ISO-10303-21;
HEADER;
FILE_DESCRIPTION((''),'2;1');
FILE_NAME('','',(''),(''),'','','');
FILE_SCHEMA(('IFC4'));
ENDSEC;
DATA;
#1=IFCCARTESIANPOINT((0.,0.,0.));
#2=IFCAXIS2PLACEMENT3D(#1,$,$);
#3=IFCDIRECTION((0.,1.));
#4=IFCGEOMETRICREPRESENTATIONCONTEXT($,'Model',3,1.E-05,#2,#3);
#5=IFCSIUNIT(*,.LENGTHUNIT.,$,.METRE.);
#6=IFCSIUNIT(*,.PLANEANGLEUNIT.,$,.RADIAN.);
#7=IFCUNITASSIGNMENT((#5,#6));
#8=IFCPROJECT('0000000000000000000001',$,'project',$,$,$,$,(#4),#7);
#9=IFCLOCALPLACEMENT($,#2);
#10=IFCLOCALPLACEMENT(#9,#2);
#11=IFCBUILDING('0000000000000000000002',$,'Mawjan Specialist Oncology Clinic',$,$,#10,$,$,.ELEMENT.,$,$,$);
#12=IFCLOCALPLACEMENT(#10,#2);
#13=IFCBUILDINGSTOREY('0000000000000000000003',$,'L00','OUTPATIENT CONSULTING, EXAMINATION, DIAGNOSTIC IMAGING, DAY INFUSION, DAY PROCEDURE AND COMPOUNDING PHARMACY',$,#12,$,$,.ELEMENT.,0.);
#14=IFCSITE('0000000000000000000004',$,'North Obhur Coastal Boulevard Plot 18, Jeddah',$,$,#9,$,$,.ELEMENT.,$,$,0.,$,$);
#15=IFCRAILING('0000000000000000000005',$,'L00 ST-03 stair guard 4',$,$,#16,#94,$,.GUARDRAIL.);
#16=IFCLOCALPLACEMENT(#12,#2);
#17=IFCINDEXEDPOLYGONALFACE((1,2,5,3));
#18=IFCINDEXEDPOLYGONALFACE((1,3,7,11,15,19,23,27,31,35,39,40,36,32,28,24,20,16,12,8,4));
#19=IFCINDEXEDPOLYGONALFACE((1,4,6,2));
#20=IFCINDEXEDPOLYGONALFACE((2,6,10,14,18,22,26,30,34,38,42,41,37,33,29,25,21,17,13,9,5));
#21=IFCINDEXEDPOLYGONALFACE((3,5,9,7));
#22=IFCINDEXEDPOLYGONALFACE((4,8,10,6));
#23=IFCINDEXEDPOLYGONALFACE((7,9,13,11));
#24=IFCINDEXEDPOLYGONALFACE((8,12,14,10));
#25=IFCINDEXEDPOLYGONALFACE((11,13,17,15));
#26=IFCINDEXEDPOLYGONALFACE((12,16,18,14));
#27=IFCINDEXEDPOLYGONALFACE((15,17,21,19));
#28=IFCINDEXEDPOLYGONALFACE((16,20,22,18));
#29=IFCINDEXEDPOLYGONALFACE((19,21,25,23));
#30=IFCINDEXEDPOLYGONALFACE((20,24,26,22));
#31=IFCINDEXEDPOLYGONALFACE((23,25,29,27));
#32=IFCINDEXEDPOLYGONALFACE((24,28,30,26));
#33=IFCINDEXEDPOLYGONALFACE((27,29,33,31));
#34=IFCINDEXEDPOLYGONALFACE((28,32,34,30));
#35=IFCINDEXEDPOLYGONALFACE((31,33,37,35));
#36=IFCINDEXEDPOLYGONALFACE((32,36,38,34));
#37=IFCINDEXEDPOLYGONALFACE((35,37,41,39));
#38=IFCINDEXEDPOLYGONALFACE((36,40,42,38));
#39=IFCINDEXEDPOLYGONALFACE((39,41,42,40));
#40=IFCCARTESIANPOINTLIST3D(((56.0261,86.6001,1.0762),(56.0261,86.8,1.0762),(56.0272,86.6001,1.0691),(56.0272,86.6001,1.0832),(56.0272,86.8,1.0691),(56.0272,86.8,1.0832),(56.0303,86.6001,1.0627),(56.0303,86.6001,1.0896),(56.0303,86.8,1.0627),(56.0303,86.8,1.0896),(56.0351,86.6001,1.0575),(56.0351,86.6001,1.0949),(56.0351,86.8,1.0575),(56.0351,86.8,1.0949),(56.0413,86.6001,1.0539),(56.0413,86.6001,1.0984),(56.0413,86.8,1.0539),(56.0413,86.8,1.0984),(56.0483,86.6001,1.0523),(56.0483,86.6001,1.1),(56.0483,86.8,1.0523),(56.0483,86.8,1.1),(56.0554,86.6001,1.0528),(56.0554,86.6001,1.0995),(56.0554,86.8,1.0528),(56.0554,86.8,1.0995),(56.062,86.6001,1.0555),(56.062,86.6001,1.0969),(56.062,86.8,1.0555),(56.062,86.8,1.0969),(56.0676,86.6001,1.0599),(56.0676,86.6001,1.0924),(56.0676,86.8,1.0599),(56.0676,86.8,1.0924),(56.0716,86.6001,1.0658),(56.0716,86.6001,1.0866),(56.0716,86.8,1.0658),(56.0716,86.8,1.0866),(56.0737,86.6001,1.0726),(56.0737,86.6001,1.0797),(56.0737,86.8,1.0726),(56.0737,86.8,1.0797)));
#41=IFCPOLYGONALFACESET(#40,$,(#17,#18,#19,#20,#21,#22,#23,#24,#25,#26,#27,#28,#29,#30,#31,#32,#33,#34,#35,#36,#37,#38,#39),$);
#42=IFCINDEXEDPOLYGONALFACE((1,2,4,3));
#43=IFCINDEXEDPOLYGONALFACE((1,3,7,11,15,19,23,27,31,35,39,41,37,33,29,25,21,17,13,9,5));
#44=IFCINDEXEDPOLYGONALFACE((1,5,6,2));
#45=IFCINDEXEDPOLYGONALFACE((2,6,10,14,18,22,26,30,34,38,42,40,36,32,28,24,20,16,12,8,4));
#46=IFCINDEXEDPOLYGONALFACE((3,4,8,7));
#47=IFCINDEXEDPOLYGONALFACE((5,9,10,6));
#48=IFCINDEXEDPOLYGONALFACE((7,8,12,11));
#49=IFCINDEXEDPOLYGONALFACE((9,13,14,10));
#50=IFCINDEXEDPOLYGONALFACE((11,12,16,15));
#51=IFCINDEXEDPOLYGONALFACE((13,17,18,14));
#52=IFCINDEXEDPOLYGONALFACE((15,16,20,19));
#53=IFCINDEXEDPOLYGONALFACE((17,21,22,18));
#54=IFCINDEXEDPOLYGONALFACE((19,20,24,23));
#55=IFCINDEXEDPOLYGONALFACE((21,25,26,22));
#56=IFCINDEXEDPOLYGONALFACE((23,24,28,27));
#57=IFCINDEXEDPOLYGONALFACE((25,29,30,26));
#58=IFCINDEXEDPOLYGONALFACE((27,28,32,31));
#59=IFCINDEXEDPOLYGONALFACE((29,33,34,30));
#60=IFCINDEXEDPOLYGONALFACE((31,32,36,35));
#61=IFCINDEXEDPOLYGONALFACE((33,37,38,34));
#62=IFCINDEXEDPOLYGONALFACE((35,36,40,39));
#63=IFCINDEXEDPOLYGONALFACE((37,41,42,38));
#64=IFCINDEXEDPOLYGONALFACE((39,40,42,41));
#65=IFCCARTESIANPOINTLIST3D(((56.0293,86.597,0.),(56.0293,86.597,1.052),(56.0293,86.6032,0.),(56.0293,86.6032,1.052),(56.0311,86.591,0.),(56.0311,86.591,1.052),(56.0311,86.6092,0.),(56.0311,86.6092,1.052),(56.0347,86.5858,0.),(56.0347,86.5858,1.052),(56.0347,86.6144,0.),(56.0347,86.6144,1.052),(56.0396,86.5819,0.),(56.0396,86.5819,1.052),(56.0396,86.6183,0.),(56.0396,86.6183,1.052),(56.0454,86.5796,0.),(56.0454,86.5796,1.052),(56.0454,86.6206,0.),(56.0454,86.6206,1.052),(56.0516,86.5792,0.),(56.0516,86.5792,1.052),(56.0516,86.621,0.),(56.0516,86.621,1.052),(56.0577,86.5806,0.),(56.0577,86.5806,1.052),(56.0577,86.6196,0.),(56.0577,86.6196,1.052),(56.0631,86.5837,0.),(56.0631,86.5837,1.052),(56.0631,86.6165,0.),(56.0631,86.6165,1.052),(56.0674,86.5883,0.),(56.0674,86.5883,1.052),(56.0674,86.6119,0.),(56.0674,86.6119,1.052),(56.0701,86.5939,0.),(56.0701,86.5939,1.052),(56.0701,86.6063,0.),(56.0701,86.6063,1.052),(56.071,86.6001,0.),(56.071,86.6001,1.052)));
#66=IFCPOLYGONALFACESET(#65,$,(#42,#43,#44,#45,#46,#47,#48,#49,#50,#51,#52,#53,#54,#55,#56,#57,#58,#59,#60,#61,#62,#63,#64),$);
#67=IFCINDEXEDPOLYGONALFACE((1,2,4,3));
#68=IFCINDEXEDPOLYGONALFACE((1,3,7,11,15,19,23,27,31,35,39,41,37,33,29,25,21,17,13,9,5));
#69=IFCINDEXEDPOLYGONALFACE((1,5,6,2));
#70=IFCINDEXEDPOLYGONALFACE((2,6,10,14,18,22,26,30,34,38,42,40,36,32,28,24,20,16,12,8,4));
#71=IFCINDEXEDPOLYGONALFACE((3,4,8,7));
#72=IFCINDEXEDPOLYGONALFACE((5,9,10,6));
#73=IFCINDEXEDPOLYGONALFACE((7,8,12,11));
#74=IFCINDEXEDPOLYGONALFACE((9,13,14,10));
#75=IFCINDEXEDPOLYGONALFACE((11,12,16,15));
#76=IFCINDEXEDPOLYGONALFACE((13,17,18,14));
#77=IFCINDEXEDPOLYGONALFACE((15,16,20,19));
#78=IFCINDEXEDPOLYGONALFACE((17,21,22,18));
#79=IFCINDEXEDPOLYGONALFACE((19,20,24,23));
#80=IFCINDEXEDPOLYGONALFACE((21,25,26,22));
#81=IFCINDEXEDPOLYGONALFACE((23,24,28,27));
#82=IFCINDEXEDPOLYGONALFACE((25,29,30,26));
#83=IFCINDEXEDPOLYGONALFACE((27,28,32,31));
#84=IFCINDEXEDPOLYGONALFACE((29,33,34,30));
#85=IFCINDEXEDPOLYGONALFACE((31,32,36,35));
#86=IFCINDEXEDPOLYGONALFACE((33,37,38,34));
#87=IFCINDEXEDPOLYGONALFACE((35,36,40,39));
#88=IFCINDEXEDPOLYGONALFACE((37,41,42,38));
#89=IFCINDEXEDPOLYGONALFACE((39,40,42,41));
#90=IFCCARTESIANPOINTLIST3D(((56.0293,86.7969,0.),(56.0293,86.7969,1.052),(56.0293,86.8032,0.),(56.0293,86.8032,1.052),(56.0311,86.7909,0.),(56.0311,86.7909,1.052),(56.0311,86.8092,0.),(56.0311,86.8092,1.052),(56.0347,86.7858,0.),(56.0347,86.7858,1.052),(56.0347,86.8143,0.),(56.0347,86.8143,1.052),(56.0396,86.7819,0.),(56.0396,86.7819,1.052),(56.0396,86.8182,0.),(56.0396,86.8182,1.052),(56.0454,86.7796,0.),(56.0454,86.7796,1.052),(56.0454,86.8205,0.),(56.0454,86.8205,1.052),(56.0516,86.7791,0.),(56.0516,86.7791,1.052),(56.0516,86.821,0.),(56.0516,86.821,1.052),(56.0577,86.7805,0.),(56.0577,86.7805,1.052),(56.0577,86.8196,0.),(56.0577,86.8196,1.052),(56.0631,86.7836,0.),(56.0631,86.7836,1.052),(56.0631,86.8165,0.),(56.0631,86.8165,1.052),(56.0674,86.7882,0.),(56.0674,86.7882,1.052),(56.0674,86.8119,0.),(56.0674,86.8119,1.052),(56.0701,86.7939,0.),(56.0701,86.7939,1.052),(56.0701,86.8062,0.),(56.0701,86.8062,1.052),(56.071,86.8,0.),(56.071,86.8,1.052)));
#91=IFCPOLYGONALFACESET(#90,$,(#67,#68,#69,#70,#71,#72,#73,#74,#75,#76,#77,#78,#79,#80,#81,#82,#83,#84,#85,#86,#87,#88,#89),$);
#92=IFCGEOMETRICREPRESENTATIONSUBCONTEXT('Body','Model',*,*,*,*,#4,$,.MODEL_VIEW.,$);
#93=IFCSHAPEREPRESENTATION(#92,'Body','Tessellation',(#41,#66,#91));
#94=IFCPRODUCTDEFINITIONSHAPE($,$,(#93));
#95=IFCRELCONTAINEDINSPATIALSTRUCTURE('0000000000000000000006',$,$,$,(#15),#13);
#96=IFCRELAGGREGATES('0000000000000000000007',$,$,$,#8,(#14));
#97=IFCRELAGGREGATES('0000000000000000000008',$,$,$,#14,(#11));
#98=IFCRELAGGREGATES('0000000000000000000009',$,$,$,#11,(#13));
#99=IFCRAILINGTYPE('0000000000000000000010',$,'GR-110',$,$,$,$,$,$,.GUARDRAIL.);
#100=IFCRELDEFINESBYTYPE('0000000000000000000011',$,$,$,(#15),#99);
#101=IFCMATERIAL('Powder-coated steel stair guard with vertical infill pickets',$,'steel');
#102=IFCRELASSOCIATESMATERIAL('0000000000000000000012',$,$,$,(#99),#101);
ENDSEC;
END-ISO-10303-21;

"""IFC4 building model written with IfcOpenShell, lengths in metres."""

from ifc_helpers import new_model, si_unit, direction, frame, origin, origin_2d, place, context, subcontext, project, spatial, circle, extrude, material, type_object, element, save


model = new_model("IFC4")

# Units and contexts
model_context = context("Model", 3, precision=1e-05, world=origin(), true_north=direction((0.0, 1.0)))
body_context = subcontext(model_context, "Body", "Model", "MODEL_VIEW")
ifc_project = project(units=[si_unit("LENGTHUNIT", "METRE"), si_unit("PLANEANGLEUNIT", "RADIAN")], contexts=[model_context])

# Site, building, storey
site_placement = place(None, origin())
site = spatial("IfcSite", under=ifc_project, at=site_placement, Name="North Obhur Coastal Boulevard Plot 18, Jeddah", CompositionType="ELEMENT", RefElevation=0.0)
building_placement = place(site_placement, origin())
building = spatial("IfcBuilding", under=site, at=building_placement, Name="Mawjan Specialist Oncology Clinic", CompositionType="ELEMENT")
storey_placement = place(building_placement, origin())
storey = spatial("IfcBuildingStorey", under=building, at=storey_placement, Name="L00", Description="OUTPATIENT CONSULTING, EXAMINATION, DIAGNOSTIC IMAGING, DAY INFUSION, DAY PROCEDURE AND COMPOUNDING PHARMACY", CompositionType="ELEMENT", Elevation=0.0)

# Railing
ifc_material_1 = material(Name="Powder-coated steel stair guard with vertical infill pickets", Category="steel")
railing_type_1 = type_object("IfcRailingType", Name="GR-110", PredefinedType="GUARDRAIL", material=ifc_material_1)
railing_1_placement = place(storey_placement, frame((56.05, 86.6001, 0.0)))
element("IfcRailing", 1, at=railing_1_placement, inside=storey, type_object=railing_type_1, Name="L00 ST-03 stair guard 4", PredefinedType="GUARDRAIL", context=body_context, shape_type="SweptSolid", body=[
    extrude(circle(Radius=0.0239, at=origin_2d()), frame((0.0, 0.0, 1.0762), z_axis=(0.0, 1.0, 0.0), x_axis=(-1.0, 0.0, 0.0)), (0.0, 0.0, 1.0), 0.2),
    extrude(circle(Radius=0.021, at=origin_2d()), origin(), (0.0, 0.0, 1.0), 1.052),
    extrude(circle(Radius=0.021, at=origin_2d()), frame((0.0, 0.2, 0.0)), (0.0, 0.0, 1.0), 1.052),
])

save(model, "model.ifc")
